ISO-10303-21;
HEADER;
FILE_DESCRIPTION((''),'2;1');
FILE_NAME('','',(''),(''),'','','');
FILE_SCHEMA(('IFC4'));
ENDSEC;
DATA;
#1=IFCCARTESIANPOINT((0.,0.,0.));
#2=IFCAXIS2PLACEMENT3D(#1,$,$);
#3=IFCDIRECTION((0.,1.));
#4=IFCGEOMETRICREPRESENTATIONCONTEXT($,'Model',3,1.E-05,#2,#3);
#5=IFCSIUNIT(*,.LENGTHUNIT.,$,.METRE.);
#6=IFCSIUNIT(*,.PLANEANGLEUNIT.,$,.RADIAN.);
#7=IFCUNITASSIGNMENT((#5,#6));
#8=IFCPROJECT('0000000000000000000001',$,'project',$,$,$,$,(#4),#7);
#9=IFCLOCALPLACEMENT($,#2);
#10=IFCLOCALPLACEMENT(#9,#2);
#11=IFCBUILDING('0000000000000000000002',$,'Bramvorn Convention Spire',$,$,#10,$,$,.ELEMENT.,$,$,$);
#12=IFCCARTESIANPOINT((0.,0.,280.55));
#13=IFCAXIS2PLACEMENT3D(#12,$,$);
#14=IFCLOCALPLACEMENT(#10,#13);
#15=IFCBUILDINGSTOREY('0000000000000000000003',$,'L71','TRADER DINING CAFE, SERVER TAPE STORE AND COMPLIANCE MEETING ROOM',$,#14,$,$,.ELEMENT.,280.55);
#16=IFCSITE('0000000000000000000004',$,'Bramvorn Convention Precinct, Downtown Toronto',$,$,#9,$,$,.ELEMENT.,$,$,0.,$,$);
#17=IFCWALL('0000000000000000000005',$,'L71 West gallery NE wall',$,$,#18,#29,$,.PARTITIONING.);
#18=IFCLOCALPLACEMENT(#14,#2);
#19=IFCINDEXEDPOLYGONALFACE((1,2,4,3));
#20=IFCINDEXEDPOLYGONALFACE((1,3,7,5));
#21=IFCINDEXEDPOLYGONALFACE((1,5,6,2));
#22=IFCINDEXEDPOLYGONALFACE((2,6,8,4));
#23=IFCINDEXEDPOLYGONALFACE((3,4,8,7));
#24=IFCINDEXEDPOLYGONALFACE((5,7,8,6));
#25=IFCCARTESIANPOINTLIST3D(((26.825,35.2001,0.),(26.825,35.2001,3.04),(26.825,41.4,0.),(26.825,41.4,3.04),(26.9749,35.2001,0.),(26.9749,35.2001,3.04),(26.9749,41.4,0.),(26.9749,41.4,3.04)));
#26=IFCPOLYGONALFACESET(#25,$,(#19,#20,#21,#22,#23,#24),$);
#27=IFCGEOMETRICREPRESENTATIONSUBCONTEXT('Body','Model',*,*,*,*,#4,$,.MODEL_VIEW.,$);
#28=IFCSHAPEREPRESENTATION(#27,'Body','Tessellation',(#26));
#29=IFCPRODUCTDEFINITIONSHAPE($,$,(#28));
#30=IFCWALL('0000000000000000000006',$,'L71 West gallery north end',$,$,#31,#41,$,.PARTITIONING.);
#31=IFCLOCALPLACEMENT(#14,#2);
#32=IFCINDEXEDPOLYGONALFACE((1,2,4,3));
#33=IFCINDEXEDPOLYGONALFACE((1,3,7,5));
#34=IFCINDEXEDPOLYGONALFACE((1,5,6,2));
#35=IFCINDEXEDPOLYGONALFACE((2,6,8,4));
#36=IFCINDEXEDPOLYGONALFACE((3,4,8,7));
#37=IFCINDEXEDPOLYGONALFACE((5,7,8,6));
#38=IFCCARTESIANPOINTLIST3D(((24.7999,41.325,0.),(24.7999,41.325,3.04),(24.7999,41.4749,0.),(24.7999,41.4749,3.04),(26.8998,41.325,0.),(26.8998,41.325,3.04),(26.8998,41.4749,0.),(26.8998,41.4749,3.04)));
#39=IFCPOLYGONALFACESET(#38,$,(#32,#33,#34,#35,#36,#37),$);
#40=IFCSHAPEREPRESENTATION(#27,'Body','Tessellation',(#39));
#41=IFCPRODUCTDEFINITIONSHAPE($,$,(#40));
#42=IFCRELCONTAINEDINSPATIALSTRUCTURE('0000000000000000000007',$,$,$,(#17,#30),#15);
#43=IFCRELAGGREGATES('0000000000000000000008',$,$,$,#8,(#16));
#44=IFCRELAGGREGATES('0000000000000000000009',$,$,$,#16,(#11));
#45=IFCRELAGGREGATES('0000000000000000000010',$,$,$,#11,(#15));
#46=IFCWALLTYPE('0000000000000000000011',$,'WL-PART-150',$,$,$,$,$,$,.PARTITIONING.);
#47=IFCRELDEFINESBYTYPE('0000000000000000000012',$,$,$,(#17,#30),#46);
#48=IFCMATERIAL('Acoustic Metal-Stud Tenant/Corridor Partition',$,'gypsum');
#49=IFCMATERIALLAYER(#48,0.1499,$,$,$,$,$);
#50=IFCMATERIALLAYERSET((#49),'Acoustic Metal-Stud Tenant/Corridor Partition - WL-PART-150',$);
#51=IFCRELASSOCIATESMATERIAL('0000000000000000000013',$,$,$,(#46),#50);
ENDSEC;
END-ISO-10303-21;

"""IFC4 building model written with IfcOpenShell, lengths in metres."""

from ifc_helpers import new_model, si_unit, direction, frame, frame_2d, origin, place, context, subcontext, project, spatial, rectangle, extrude, material, layer, layer_set, type_object, element, save


model = new_model("IFC4")

# Units and contexts
model_context = context("Model", 3, precision=1e-05, world=origin(), true_north=direction((0.0, 1.0)))
body_context = subcontext(model_context, "Body", "Model", "MODEL_VIEW")
ifc_project = project(units=[si_unit("LENGTHUNIT", "METRE"), si_unit("PLANEANGLEUNIT", "RADIAN")], contexts=[model_context])

# Site, building, storey
site_placement = place(None, origin())
site = spatial("IfcSite", under=ifc_project, at=site_placement, Name="Bramvorn Convention Precinct, Downtown Toronto", CompositionType="ELEMENT", RefElevation=0.0)
building_placement = place(site_placement, origin())
building = spatial("IfcBuilding", under=site, at=building_placement, Name="Bramvorn Convention Spire", CompositionType="ELEMENT")
storey_placement = place(building_placement, frame((0.0, 0.0, 280.55)))
storey = spatial("IfcBuildingStorey", under=building, at=storey_placement, Name="L71", Description="TRADER DINING CAFE, SERVER TAPE STORE AND COMPLIANCE MEETING ROOM", CompositionType="ELEMENT", Elevation=280.55)

# Shared definitions
ifc_material_1 = material(Name="Acoustic Metal-Stud Tenant/Corridor Partition", Category="gypsum")
ifc_layer_1 = layer(ifc_material_1, 0.1499)
ifc_layer_set_1 = layer_set([ifc_layer_1], Name="Acoustic Metal-Stud Tenant/Corridor Partition - WL-PART-150")
wall_type_1 = type_object("IfcWallType", Name="WL-PART-150", PredefinedType="PARTITIONING", material=ifc_layer_set_1)

# Walls
wall_1_placement = place(storey_placement, frame((26.8999, 35.2, 0.0), z_axis=(0.0, 0.0, 1.0), x_axis=(0.0, 1.0, 0.0)))
element("IfcWall", 1, at=wall_1_placement, inside=storey, type_object=wall_type_1, Name="L71 West gallery NE wall", PredefinedType="PARTITIONING", context=body_context, shape_type="SweptSolid", body=[
    extrude(rectangle(XDim=6.2, YDim=0.1499, at=frame_2d((3.1001, 0.0))), origin(), (0.0, 0.0, 1.0), 3.04),
])
wall_2_placement = place(storey_placement, frame((24.8, 41.3999, 0.0), z_axis=(0.0, 0.0, 1.0), x_axis=(1.0, 0.0, 0.0)))
element("IfcWall", 2, at=wall_2_placement, inside=storey, type_object=wall_type_1, Name="L71 West gallery north end", PredefinedType="PARTITIONING", context=body_context, shape_type="SweptSolid", body=[
    extrude(rectangle(XDim=2.0999, YDim=0.1499, at=frame_2d((1.0498, 0.0))), origin(), (0.0, 0.0, 1.0), 3.04),
])

save(model, "model.ifc")
